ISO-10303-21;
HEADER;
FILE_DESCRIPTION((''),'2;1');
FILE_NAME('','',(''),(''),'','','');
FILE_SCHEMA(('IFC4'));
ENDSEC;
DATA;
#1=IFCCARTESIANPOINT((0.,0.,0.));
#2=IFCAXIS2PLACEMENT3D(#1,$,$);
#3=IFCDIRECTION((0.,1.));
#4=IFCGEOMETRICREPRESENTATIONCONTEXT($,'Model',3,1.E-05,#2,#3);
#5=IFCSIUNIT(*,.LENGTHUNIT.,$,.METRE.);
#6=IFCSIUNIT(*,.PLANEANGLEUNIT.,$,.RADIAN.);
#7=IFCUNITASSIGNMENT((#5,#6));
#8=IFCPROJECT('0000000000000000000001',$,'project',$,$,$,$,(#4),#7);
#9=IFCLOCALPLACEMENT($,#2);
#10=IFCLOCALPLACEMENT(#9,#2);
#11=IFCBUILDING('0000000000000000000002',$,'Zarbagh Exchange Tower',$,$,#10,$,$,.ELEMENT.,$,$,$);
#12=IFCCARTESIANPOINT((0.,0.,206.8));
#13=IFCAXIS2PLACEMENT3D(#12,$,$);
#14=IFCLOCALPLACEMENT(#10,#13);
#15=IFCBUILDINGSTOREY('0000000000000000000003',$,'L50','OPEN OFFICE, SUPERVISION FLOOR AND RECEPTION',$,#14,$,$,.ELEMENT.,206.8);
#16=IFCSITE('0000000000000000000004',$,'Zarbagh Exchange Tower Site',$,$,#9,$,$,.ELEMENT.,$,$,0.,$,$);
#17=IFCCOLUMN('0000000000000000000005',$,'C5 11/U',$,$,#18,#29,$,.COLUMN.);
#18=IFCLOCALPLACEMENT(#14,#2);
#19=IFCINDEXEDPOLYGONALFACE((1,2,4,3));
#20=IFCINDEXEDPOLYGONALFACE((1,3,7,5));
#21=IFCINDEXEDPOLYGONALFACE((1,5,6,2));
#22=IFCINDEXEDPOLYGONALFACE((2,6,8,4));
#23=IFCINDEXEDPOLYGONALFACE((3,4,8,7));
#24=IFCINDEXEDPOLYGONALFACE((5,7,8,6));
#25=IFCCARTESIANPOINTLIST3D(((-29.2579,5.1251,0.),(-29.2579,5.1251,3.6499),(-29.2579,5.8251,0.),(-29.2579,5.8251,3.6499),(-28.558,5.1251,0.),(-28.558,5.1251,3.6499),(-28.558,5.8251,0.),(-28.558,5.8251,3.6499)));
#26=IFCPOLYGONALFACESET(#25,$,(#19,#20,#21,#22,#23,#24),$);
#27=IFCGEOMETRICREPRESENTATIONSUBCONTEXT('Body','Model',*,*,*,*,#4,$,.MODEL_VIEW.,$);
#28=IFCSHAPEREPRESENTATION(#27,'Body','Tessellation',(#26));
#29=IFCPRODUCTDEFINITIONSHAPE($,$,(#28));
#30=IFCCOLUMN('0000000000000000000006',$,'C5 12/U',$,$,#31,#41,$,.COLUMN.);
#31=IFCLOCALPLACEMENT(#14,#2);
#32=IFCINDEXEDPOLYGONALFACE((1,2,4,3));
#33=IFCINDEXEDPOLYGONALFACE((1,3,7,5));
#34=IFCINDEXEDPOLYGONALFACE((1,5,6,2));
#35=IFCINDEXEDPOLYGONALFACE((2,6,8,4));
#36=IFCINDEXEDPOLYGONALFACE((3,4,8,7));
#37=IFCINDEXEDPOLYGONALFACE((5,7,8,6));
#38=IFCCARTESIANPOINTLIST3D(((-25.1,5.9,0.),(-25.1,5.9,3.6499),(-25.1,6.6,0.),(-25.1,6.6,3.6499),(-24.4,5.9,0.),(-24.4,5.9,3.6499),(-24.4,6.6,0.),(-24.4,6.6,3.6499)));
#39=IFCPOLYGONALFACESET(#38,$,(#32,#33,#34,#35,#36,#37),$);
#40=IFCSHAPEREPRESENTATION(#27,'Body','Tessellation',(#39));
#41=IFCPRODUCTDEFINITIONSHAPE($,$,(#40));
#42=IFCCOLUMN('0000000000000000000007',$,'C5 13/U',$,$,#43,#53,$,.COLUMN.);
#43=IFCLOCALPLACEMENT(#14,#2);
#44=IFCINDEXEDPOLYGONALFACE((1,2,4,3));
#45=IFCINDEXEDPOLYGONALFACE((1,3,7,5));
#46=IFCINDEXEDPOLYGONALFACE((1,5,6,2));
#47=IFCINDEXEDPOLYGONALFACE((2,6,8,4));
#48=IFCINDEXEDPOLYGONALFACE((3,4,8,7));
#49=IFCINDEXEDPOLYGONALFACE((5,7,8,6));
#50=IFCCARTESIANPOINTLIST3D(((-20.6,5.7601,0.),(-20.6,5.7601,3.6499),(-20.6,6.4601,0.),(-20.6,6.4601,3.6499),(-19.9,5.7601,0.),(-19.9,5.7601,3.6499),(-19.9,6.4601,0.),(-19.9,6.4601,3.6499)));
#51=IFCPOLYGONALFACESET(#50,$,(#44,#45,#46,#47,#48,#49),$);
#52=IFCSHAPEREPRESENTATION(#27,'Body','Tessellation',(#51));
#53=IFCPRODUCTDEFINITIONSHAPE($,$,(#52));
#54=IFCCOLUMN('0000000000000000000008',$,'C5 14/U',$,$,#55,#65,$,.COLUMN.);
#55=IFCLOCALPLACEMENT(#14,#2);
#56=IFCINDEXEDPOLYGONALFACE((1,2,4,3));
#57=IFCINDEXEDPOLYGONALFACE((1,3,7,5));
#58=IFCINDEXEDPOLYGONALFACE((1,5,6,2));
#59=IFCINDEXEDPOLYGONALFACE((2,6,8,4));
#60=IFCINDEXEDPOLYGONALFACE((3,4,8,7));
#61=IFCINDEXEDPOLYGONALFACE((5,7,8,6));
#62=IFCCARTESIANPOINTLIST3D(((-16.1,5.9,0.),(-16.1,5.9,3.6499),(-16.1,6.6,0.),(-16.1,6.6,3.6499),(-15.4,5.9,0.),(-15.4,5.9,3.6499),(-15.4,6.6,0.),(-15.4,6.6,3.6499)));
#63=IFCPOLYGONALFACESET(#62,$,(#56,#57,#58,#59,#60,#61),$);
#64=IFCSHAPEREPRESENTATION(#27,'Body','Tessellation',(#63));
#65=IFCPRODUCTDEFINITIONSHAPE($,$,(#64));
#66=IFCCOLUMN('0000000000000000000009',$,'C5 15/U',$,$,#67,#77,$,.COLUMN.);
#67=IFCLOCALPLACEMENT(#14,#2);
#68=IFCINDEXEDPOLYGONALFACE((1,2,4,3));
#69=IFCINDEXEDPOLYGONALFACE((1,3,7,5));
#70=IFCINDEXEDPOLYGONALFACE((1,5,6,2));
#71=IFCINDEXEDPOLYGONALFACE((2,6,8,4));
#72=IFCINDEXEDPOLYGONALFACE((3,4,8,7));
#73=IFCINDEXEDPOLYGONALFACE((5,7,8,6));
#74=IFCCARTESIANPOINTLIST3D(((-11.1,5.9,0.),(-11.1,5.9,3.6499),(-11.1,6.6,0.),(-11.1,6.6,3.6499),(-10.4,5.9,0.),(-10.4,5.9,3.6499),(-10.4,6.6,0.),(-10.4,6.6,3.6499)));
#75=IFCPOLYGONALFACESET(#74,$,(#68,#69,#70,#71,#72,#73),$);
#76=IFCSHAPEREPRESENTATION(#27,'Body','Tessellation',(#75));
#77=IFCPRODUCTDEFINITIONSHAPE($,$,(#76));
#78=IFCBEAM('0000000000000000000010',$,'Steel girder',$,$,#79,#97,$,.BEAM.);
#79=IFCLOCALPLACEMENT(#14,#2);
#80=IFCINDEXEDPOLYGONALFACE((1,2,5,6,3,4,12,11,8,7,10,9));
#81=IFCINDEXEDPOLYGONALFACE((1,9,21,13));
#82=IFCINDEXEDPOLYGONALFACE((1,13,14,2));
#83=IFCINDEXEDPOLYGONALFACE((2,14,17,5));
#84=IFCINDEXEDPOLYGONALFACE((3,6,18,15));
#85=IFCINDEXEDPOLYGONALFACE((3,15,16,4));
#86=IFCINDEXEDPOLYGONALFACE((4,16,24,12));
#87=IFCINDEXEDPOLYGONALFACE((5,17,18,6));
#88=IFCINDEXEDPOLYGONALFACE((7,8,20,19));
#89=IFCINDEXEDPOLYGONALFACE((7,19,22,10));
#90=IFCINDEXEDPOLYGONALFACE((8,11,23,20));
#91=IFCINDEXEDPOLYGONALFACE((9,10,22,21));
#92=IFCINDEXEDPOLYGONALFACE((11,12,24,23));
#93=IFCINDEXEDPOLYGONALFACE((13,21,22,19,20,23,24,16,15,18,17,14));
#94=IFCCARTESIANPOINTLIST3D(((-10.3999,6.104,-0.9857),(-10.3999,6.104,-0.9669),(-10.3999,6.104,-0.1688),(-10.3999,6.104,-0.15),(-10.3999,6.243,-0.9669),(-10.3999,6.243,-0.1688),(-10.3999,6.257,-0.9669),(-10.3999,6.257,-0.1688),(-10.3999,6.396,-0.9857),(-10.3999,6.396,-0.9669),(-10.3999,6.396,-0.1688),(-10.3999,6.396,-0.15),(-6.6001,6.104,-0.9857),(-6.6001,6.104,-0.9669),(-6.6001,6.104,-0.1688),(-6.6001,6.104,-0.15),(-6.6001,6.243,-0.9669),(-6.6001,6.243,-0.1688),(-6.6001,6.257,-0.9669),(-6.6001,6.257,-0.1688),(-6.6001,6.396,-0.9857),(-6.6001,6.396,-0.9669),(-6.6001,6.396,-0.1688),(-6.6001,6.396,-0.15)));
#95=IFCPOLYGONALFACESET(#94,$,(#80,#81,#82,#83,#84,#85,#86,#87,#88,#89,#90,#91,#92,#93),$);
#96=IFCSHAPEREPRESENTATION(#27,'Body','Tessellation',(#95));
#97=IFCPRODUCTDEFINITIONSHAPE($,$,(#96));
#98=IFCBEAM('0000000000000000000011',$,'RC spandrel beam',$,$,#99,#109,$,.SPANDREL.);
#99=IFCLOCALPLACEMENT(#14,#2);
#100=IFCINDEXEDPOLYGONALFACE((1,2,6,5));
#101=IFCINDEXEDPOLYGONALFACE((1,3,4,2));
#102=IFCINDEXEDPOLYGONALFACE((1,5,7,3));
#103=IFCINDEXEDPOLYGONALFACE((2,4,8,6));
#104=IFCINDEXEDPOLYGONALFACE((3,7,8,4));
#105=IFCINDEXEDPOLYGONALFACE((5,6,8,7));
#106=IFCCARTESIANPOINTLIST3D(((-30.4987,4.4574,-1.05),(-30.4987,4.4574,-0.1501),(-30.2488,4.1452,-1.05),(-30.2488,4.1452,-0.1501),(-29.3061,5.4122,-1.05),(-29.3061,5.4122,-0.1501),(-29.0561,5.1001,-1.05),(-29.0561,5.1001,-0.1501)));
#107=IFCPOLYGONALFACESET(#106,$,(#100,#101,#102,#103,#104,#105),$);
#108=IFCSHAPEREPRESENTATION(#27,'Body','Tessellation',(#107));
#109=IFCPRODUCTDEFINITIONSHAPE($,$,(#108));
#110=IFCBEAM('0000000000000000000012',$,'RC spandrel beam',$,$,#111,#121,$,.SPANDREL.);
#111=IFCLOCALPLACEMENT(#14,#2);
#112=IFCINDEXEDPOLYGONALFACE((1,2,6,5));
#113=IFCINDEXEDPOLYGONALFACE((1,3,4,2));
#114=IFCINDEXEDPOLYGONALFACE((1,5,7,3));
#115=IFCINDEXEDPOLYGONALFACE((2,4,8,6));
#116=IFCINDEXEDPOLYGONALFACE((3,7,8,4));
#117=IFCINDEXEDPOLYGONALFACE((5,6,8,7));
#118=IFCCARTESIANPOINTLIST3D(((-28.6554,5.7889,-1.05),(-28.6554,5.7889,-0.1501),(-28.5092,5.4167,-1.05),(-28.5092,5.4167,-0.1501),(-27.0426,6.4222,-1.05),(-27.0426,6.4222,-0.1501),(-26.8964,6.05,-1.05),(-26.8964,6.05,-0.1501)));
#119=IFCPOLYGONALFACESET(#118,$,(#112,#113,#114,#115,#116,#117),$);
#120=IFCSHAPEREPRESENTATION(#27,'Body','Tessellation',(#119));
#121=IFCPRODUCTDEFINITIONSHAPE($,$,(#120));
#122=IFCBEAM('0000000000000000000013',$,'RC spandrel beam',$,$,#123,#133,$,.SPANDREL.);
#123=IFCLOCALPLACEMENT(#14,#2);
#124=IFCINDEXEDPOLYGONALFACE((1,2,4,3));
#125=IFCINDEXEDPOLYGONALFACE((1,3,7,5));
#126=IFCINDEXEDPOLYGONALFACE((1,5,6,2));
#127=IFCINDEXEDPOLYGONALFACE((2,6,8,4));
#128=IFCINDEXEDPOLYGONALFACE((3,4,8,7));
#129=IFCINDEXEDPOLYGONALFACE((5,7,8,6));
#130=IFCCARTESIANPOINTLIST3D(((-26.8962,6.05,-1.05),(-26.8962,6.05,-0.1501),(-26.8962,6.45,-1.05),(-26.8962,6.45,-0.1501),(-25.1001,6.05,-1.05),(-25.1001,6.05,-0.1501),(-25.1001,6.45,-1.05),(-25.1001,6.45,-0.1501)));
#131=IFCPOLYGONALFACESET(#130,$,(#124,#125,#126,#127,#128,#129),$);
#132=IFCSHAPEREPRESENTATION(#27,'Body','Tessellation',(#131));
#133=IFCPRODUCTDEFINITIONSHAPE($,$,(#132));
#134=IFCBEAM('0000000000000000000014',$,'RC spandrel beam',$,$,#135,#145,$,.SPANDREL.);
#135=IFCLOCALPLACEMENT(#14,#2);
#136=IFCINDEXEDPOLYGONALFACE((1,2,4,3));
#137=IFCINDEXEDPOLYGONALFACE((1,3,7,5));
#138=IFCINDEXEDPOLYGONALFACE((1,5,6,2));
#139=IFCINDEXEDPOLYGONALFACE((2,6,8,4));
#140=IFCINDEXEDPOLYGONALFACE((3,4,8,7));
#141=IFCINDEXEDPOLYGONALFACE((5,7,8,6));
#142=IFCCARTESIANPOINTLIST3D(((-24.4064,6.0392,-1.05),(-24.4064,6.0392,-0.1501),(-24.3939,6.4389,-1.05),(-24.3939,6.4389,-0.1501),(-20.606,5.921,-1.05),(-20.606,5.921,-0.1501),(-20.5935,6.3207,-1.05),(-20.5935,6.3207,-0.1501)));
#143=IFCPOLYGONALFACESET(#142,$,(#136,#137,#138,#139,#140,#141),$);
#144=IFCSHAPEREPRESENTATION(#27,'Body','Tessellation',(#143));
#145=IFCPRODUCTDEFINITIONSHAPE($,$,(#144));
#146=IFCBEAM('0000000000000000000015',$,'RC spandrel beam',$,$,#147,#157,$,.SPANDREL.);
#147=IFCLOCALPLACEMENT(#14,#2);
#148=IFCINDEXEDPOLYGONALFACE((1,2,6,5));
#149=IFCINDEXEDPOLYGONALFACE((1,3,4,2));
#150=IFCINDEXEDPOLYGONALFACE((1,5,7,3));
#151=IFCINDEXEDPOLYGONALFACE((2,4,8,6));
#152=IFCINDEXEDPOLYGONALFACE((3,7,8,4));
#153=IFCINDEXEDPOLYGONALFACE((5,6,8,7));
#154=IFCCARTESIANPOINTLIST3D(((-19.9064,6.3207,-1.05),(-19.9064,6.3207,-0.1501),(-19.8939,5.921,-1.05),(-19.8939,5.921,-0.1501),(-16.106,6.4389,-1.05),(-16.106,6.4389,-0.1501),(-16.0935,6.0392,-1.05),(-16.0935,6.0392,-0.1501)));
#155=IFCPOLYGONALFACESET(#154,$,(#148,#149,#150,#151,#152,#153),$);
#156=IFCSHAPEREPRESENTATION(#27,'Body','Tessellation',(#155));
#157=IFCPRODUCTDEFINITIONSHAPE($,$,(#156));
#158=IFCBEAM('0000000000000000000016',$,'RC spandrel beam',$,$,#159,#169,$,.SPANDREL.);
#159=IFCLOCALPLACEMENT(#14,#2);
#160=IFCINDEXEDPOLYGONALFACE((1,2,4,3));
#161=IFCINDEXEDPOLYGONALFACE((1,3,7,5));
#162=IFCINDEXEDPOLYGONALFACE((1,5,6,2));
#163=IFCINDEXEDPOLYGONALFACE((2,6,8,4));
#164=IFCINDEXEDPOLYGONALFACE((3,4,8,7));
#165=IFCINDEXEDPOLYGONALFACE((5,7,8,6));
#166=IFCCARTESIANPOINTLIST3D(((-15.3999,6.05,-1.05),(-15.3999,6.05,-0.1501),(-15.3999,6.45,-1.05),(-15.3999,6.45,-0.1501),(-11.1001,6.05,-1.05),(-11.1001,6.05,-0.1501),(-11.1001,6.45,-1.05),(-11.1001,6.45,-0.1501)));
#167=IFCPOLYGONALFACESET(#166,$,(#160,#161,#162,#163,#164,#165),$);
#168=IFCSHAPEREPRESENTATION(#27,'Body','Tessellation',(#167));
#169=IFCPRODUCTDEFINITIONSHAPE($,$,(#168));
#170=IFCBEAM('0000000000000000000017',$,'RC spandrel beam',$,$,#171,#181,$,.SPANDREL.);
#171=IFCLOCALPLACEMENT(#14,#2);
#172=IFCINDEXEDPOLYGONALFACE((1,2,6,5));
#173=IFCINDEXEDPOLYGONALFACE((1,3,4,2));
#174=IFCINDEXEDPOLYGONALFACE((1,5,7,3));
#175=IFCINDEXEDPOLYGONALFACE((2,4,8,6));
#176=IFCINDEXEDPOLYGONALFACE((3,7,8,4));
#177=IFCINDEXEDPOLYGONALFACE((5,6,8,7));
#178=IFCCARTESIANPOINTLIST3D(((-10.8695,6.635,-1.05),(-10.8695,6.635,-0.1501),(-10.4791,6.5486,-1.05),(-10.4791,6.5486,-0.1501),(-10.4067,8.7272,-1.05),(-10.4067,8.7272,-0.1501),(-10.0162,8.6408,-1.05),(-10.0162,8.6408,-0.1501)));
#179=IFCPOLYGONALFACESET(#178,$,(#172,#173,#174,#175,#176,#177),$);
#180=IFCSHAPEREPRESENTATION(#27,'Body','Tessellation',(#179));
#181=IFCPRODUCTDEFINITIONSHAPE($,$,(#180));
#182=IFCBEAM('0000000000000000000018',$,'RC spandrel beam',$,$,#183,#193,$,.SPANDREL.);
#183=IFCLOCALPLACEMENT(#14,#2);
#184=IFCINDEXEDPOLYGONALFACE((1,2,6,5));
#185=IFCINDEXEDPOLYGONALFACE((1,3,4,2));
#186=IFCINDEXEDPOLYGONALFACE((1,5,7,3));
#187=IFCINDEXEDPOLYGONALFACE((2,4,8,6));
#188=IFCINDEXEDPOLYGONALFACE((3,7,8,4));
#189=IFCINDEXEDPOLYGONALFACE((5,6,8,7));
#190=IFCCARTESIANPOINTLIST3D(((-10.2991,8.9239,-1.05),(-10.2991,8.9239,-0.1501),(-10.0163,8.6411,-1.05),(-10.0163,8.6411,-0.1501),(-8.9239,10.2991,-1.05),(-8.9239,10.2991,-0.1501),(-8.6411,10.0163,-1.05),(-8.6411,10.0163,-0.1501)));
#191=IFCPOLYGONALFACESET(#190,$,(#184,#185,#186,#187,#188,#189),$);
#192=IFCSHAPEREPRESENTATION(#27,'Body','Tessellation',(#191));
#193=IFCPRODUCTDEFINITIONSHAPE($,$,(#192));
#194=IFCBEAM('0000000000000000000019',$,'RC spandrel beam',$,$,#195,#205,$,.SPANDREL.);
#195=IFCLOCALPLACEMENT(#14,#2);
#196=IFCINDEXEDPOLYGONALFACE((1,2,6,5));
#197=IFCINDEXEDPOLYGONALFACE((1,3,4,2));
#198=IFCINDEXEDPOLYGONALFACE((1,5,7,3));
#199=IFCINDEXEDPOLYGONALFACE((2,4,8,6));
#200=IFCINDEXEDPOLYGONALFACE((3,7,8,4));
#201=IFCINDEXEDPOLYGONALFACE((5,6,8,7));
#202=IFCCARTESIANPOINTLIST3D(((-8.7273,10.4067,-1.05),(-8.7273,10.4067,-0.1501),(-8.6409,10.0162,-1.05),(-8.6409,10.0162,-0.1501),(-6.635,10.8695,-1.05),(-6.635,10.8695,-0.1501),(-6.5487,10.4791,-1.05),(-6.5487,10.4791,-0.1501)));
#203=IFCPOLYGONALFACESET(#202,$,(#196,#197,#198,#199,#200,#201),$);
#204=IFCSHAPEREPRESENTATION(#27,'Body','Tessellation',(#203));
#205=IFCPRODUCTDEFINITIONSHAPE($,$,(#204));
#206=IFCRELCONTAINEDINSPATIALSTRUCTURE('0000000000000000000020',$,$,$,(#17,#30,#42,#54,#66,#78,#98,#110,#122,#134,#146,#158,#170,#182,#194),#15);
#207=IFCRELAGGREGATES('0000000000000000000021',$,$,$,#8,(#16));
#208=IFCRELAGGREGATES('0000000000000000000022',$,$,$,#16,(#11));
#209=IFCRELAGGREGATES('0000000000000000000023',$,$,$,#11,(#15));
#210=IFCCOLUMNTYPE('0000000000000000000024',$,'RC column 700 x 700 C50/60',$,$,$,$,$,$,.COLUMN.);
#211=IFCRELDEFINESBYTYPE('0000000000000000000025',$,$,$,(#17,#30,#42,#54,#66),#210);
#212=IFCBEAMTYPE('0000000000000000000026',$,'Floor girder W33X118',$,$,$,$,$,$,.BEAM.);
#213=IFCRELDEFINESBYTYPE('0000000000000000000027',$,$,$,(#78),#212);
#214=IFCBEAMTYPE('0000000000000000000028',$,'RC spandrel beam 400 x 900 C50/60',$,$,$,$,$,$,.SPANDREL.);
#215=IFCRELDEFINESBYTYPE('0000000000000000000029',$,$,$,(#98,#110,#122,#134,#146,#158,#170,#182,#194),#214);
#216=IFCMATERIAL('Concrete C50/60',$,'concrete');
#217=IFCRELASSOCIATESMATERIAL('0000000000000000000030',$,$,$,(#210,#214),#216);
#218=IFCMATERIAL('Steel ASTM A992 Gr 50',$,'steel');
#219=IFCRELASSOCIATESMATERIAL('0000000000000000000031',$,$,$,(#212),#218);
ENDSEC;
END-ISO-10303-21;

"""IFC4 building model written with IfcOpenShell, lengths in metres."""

from ifc_helpers import new_model, si_unit, direction, frame, origin, origin_2d, place, context, subcontext, project, spatial, rectangle, i_section, extrude, material, material_profile, profile_set, type_object, element, save


model = new_model("IFC4")

# Units and contexts
model_context = context("Model", 3, precision=1e-05, world=origin(), true_north=direction((0.0, 1.0)))
body_context = subcontext(model_context, "Body", "Model", "MODEL_VIEW")
ifc_project = project(units=[si_unit("LENGTHUNIT", "METRE"), si_unit("PLANEANGLEUNIT", "RADIAN")], contexts=[model_context])

# Site, building, storey
site_placement = place(None, origin())
site = spatial("IfcSite", under=ifc_project, at=site_placement, Name="Zarbagh Exchange Tower Site", CompositionType="ELEMENT", RefElevation=0.0)
building_placement = place(site_placement, origin())
building = spatial("IfcBuilding", under=site, at=building_placement, Name="Zarbagh Exchange Tower", CompositionType="ELEMENT")
storey_placement = place(building_placement, frame((0.0, 0.0, 206.8)))
storey = spatial("IfcBuildingStorey", under=building, at=storey_placement, Name="L50", Description="OPEN OFFICE, SUPERVISION FLOOR AND RECEPTION", CompositionType="ELEMENT", Elevation=206.8)

# Columns
ifc_material_1 = material(Name="Concrete C50/60", Category="concrete")
ifc_material_profile_1 = material_profile(ifc_material_1, rectangle(XDim=0.7, YDim=0.7, at=origin_2d()), Name="RC column 700 x 700 C50/60")
ifc_profile_set_1 = profile_set([ifc_material_profile_1], Name="Concrete C50/60")
column_type = type_object("IfcColumnType", Name="RC column 700 x 700 C50/60", PredefinedType="COLUMN", material=ifc_profile_set_1)
for number, where, z_axis, x_axis, name in (
    (1, (-28.908, 5.4751, 0.0), (0.0, 0.0, 1.0), (1.0, 0.0, 0.0), "C5 11/U"),
    (2, (-24.75, 6.25, 0.0), (0.0, 0.0, 1.0), (1.0, 0.0, 0.0), "C5 12/U"),
    (3, (-20.25, 6.1101, 0.0), (0.0, 0.0, 1.0), (1.0, 0.0, 0.0), "C5 13/U"),
    (4, (-15.75, 6.25, 0.0), (0.0, 0.0, 1.0), (1.0, 0.0, 0.0), "C5 14/U"),
    (5, (-10.75, 6.25, 0.0), (0.0, 0.0, 1.0), (1.0, 0.0, 0.0), "C5 15/U"),
):
    element("IfcColumn", number, at=place(storey_placement, frame(where, z_axis=z_axis, x_axis=x_axis)), inside=storey, type_object=column_type, Name=name, PredefinedType="COLUMN", context=body_context, shape_type="SweptSolid", body=[
        extrude(rectangle(XDim=0.7, YDim=0.7, at=origin_2d()), origin(), (0.0, 0.0, 1.0), 3.6499),
    ])

# Beams
ifc_material_2 = material(Name="Steel ASTM A992 Gr 50", Category="steel")
ifc_material_profile_2 = material_profile(ifc_material_2, i_section(OverallWidth=0.292, OverallDepth=0.8357, WebThickness=0.0139, FlangeThickness=0.0188, at=origin_2d()), Name="W33X118")
ifc_profile_set_2 = profile_set([ifc_material_profile_2], Name="Steel ASTM A992 Gr 50")
beam_type_1 = type_object("IfcBeamType", Name="Floor girder W33X118", PredefinedType="BEAM", material=ifc_profile_set_2)
beam_1_placement = place(storey_placement, frame((-10.3999, 6.25, -0.5679), z_axis=(1.0, 0.0, 0.0), x_axis=(0.0, 1.0, 0.0)))
element("IfcBeam", 6, at=beam_1_placement, inside=storey, type_object=beam_type_1, Name="Steel girder", PredefinedType="BEAM", context=body_context, shape_type="SweptSolid", body=[
    extrude(i_section(OverallWidth=0.292, OverallDepth=0.8357, WebThickness=0.0139, FlangeThickness=0.0188, at=origin_2d()), origin(), (0.0, 0.0, 1.0), 3.7998),
])
ifc_material_profile_3 = material_profile(ifc_material_1, rectangle(XDim=0.3999, YDim=0.8999, at=origin_2d()), Name="RC spandrel beam 400 x 900 C50/60")
ifc_profile_set_3 = profile_set([ifc_material_profile_3], Name="Concrete C50/60")
beam_type_2 = type_object("IfcBeamType", Name="RC spandrel beam 400 x 900 C50/60", PredefinedType="SPANDREL", material=ifc_profile_set_3)
beam_2_placement = place(storey_placement, frame((-30.3738, 4.3013, -0.6001), z_axis=(0.780635, 0.624987, 0.0), x_axis=(-0.624987, 0.780635, 0.0)))
element("IfcBeam", 7, at=beam_2_placement, inside=storey, type_object=beam_type_2, Name="RC spandrel beam", PredefinedType="SPANDREL", context=body_context, shape_type="SweptSolid", body=[
    extrude(rectangle(XDim=0.3999, YDim=0.8999, at=origin_2d()), origin(), (0.0, 0.0, 1.0), 1.5278),
])
beam_3_placement = place(storey_placement, frame((-28.5823, 5.6028, -0.6001), z_axis=(0.93081, 0.365504, 0.0), x_axis=(-0.365504, 0.93081, 0.0)))
element("IfcBeam", 8, at=beam_3_placement, inside=storey, type_object=beam_type_2, Name="RC spandrel beam", PredefinedType="SPANDREL", context=body_context, shape_type="SweptSolid", body=[
    extrude(rectangle(XDim=0.3999, YDim=0.8999, at=origin_2d()), origin(), (0.0, 0.0, 1.0), 1.7327),
])
beam_4_placement = place(storey_placement, frame((-26.8962, 6.25, -0.6001), z_axis=(1.0, 0.0, 0.0), x_axis=(0.0, 1.0, 0.0)))
element("IfcBeam", 9, at=beam_4_placement, inside=storey, type_object=beam_type_2, Name="RC spandrel beam", PredefinedType="SPANDREL", context=body_context, shape_type="SweptSolid", body=[
    extrude(rectangle(XDim=0.3999, YDim=0.8999, at=origin_2d()), origin(), (0.0, 0.0, 1.0), 1.7961),
])
for number, where, z_axis, x_axis, name in (
    (10, (-24.4001, 6.239, -0.6001), (0.999517, -0.031078, 0.0), (0.031078, 0.999517, 0.0), "RC spandrel beam"),
    (11, (-19.9001, 6.1208, -0.6001), (0.999517, 0.031078, 0.0), (-0.031078, 0.999517, 0.0), "RC spandrel beam"),
):
    element("IfcBeam", number, at=place(storey_placement, frame(where, z_axis=z_axis, x_axis=x_axis)), inside=storey, type_object=beam_type_2, Name=name, PredefinedType="SPANDREL", context=body_context, shape_type="SweptSolid", body=[
        extrude(rectangle(XDim=0.3999, YDim=0.8999, at=origin_2d()), origin(), (0.0, 0.0, 1.0), 3.8022),
    ])
beam_5_placement = place(storey_placement, frame((-15.3999, 6.25, -0.6001), z_axis=(1.0, 0.0, 0.0), x_axis=(0.0, 1.0, 0.0)))
element("IfcBeam", 12, at=beam_5_placement, inside=storey, type_object=beam_type_2, Name="RC spandrel beam", PredefinedType="SPANDREL", context=body_context, shape_type="SweptSolid", body=[
    extrude(rectangle(XDim=0.3999, YDim=0.8999, at=origin_2d()), origin(), (0.0, 0.0, 1.0), 4.2998),
])
beam_6_placement = place(storey_placement, frame((-10.6743, 6.5918, -0.6001), z_axis=(0.216014, 0.97639, 0.0), x_axis=(-0.97639, 0.216014, 0.0)))
element("IfcBeam", 13, at=beam_6_placement, inside=storey, type_object=beam_type_2, Name="RC spandrel beam", PredefinedType="SPANDREL", context=body_context, shape_type="SweptSolid", body=[
    extrude(rectangle(XDim=0.3999, YDim=0.8999, at=origin_2d()), origin(), (0.0, 0.0, 1.0), 2.1428),
])
beam_7_placement = place(storey_placement, frame((-10.1577, 8.7825, -0.6001), z_axis=(0.707107, 0.707107, 0.0), x_axis=(-0.707107, 0.707107, 0.0)))
element("IfcBeam", 14, at=beam_7_placement, inside=storey, type_object=beam_type_2, Name="RC spandrel beam", PredefinedType="SPANDREL", context=body_context, shape_type="SweptSolid", body=[
    extrude(rectangle(XDim=0.3999, YDim=0.8999, at=origin_2d()), origin(), (0.0, 0.0, 1.0), 1.9448),
])
beam_8_placement = place(storey_placement, frame((-8.6841, 10.2114, -0.6001), z_axis=(0.97639, 0.216014, 0.0), x_axis=(-0.216014, 0.97639, 0.0)))
element("IfcBeam", 15, at=beam_8_placement, inside=storey, type_object=beam_type_2, Name="RC spandrel beam", PredefinedType="SPANDREL", context=body_context, shape_type="SweptSolid", body=[
    extrude(rectangle(XDim=0.3999, YDim=0.8999, at=origin_2d()), origin(), (0.0, 0.0, 1.0), 2.1428),
])

save(model, "model.ifc")
